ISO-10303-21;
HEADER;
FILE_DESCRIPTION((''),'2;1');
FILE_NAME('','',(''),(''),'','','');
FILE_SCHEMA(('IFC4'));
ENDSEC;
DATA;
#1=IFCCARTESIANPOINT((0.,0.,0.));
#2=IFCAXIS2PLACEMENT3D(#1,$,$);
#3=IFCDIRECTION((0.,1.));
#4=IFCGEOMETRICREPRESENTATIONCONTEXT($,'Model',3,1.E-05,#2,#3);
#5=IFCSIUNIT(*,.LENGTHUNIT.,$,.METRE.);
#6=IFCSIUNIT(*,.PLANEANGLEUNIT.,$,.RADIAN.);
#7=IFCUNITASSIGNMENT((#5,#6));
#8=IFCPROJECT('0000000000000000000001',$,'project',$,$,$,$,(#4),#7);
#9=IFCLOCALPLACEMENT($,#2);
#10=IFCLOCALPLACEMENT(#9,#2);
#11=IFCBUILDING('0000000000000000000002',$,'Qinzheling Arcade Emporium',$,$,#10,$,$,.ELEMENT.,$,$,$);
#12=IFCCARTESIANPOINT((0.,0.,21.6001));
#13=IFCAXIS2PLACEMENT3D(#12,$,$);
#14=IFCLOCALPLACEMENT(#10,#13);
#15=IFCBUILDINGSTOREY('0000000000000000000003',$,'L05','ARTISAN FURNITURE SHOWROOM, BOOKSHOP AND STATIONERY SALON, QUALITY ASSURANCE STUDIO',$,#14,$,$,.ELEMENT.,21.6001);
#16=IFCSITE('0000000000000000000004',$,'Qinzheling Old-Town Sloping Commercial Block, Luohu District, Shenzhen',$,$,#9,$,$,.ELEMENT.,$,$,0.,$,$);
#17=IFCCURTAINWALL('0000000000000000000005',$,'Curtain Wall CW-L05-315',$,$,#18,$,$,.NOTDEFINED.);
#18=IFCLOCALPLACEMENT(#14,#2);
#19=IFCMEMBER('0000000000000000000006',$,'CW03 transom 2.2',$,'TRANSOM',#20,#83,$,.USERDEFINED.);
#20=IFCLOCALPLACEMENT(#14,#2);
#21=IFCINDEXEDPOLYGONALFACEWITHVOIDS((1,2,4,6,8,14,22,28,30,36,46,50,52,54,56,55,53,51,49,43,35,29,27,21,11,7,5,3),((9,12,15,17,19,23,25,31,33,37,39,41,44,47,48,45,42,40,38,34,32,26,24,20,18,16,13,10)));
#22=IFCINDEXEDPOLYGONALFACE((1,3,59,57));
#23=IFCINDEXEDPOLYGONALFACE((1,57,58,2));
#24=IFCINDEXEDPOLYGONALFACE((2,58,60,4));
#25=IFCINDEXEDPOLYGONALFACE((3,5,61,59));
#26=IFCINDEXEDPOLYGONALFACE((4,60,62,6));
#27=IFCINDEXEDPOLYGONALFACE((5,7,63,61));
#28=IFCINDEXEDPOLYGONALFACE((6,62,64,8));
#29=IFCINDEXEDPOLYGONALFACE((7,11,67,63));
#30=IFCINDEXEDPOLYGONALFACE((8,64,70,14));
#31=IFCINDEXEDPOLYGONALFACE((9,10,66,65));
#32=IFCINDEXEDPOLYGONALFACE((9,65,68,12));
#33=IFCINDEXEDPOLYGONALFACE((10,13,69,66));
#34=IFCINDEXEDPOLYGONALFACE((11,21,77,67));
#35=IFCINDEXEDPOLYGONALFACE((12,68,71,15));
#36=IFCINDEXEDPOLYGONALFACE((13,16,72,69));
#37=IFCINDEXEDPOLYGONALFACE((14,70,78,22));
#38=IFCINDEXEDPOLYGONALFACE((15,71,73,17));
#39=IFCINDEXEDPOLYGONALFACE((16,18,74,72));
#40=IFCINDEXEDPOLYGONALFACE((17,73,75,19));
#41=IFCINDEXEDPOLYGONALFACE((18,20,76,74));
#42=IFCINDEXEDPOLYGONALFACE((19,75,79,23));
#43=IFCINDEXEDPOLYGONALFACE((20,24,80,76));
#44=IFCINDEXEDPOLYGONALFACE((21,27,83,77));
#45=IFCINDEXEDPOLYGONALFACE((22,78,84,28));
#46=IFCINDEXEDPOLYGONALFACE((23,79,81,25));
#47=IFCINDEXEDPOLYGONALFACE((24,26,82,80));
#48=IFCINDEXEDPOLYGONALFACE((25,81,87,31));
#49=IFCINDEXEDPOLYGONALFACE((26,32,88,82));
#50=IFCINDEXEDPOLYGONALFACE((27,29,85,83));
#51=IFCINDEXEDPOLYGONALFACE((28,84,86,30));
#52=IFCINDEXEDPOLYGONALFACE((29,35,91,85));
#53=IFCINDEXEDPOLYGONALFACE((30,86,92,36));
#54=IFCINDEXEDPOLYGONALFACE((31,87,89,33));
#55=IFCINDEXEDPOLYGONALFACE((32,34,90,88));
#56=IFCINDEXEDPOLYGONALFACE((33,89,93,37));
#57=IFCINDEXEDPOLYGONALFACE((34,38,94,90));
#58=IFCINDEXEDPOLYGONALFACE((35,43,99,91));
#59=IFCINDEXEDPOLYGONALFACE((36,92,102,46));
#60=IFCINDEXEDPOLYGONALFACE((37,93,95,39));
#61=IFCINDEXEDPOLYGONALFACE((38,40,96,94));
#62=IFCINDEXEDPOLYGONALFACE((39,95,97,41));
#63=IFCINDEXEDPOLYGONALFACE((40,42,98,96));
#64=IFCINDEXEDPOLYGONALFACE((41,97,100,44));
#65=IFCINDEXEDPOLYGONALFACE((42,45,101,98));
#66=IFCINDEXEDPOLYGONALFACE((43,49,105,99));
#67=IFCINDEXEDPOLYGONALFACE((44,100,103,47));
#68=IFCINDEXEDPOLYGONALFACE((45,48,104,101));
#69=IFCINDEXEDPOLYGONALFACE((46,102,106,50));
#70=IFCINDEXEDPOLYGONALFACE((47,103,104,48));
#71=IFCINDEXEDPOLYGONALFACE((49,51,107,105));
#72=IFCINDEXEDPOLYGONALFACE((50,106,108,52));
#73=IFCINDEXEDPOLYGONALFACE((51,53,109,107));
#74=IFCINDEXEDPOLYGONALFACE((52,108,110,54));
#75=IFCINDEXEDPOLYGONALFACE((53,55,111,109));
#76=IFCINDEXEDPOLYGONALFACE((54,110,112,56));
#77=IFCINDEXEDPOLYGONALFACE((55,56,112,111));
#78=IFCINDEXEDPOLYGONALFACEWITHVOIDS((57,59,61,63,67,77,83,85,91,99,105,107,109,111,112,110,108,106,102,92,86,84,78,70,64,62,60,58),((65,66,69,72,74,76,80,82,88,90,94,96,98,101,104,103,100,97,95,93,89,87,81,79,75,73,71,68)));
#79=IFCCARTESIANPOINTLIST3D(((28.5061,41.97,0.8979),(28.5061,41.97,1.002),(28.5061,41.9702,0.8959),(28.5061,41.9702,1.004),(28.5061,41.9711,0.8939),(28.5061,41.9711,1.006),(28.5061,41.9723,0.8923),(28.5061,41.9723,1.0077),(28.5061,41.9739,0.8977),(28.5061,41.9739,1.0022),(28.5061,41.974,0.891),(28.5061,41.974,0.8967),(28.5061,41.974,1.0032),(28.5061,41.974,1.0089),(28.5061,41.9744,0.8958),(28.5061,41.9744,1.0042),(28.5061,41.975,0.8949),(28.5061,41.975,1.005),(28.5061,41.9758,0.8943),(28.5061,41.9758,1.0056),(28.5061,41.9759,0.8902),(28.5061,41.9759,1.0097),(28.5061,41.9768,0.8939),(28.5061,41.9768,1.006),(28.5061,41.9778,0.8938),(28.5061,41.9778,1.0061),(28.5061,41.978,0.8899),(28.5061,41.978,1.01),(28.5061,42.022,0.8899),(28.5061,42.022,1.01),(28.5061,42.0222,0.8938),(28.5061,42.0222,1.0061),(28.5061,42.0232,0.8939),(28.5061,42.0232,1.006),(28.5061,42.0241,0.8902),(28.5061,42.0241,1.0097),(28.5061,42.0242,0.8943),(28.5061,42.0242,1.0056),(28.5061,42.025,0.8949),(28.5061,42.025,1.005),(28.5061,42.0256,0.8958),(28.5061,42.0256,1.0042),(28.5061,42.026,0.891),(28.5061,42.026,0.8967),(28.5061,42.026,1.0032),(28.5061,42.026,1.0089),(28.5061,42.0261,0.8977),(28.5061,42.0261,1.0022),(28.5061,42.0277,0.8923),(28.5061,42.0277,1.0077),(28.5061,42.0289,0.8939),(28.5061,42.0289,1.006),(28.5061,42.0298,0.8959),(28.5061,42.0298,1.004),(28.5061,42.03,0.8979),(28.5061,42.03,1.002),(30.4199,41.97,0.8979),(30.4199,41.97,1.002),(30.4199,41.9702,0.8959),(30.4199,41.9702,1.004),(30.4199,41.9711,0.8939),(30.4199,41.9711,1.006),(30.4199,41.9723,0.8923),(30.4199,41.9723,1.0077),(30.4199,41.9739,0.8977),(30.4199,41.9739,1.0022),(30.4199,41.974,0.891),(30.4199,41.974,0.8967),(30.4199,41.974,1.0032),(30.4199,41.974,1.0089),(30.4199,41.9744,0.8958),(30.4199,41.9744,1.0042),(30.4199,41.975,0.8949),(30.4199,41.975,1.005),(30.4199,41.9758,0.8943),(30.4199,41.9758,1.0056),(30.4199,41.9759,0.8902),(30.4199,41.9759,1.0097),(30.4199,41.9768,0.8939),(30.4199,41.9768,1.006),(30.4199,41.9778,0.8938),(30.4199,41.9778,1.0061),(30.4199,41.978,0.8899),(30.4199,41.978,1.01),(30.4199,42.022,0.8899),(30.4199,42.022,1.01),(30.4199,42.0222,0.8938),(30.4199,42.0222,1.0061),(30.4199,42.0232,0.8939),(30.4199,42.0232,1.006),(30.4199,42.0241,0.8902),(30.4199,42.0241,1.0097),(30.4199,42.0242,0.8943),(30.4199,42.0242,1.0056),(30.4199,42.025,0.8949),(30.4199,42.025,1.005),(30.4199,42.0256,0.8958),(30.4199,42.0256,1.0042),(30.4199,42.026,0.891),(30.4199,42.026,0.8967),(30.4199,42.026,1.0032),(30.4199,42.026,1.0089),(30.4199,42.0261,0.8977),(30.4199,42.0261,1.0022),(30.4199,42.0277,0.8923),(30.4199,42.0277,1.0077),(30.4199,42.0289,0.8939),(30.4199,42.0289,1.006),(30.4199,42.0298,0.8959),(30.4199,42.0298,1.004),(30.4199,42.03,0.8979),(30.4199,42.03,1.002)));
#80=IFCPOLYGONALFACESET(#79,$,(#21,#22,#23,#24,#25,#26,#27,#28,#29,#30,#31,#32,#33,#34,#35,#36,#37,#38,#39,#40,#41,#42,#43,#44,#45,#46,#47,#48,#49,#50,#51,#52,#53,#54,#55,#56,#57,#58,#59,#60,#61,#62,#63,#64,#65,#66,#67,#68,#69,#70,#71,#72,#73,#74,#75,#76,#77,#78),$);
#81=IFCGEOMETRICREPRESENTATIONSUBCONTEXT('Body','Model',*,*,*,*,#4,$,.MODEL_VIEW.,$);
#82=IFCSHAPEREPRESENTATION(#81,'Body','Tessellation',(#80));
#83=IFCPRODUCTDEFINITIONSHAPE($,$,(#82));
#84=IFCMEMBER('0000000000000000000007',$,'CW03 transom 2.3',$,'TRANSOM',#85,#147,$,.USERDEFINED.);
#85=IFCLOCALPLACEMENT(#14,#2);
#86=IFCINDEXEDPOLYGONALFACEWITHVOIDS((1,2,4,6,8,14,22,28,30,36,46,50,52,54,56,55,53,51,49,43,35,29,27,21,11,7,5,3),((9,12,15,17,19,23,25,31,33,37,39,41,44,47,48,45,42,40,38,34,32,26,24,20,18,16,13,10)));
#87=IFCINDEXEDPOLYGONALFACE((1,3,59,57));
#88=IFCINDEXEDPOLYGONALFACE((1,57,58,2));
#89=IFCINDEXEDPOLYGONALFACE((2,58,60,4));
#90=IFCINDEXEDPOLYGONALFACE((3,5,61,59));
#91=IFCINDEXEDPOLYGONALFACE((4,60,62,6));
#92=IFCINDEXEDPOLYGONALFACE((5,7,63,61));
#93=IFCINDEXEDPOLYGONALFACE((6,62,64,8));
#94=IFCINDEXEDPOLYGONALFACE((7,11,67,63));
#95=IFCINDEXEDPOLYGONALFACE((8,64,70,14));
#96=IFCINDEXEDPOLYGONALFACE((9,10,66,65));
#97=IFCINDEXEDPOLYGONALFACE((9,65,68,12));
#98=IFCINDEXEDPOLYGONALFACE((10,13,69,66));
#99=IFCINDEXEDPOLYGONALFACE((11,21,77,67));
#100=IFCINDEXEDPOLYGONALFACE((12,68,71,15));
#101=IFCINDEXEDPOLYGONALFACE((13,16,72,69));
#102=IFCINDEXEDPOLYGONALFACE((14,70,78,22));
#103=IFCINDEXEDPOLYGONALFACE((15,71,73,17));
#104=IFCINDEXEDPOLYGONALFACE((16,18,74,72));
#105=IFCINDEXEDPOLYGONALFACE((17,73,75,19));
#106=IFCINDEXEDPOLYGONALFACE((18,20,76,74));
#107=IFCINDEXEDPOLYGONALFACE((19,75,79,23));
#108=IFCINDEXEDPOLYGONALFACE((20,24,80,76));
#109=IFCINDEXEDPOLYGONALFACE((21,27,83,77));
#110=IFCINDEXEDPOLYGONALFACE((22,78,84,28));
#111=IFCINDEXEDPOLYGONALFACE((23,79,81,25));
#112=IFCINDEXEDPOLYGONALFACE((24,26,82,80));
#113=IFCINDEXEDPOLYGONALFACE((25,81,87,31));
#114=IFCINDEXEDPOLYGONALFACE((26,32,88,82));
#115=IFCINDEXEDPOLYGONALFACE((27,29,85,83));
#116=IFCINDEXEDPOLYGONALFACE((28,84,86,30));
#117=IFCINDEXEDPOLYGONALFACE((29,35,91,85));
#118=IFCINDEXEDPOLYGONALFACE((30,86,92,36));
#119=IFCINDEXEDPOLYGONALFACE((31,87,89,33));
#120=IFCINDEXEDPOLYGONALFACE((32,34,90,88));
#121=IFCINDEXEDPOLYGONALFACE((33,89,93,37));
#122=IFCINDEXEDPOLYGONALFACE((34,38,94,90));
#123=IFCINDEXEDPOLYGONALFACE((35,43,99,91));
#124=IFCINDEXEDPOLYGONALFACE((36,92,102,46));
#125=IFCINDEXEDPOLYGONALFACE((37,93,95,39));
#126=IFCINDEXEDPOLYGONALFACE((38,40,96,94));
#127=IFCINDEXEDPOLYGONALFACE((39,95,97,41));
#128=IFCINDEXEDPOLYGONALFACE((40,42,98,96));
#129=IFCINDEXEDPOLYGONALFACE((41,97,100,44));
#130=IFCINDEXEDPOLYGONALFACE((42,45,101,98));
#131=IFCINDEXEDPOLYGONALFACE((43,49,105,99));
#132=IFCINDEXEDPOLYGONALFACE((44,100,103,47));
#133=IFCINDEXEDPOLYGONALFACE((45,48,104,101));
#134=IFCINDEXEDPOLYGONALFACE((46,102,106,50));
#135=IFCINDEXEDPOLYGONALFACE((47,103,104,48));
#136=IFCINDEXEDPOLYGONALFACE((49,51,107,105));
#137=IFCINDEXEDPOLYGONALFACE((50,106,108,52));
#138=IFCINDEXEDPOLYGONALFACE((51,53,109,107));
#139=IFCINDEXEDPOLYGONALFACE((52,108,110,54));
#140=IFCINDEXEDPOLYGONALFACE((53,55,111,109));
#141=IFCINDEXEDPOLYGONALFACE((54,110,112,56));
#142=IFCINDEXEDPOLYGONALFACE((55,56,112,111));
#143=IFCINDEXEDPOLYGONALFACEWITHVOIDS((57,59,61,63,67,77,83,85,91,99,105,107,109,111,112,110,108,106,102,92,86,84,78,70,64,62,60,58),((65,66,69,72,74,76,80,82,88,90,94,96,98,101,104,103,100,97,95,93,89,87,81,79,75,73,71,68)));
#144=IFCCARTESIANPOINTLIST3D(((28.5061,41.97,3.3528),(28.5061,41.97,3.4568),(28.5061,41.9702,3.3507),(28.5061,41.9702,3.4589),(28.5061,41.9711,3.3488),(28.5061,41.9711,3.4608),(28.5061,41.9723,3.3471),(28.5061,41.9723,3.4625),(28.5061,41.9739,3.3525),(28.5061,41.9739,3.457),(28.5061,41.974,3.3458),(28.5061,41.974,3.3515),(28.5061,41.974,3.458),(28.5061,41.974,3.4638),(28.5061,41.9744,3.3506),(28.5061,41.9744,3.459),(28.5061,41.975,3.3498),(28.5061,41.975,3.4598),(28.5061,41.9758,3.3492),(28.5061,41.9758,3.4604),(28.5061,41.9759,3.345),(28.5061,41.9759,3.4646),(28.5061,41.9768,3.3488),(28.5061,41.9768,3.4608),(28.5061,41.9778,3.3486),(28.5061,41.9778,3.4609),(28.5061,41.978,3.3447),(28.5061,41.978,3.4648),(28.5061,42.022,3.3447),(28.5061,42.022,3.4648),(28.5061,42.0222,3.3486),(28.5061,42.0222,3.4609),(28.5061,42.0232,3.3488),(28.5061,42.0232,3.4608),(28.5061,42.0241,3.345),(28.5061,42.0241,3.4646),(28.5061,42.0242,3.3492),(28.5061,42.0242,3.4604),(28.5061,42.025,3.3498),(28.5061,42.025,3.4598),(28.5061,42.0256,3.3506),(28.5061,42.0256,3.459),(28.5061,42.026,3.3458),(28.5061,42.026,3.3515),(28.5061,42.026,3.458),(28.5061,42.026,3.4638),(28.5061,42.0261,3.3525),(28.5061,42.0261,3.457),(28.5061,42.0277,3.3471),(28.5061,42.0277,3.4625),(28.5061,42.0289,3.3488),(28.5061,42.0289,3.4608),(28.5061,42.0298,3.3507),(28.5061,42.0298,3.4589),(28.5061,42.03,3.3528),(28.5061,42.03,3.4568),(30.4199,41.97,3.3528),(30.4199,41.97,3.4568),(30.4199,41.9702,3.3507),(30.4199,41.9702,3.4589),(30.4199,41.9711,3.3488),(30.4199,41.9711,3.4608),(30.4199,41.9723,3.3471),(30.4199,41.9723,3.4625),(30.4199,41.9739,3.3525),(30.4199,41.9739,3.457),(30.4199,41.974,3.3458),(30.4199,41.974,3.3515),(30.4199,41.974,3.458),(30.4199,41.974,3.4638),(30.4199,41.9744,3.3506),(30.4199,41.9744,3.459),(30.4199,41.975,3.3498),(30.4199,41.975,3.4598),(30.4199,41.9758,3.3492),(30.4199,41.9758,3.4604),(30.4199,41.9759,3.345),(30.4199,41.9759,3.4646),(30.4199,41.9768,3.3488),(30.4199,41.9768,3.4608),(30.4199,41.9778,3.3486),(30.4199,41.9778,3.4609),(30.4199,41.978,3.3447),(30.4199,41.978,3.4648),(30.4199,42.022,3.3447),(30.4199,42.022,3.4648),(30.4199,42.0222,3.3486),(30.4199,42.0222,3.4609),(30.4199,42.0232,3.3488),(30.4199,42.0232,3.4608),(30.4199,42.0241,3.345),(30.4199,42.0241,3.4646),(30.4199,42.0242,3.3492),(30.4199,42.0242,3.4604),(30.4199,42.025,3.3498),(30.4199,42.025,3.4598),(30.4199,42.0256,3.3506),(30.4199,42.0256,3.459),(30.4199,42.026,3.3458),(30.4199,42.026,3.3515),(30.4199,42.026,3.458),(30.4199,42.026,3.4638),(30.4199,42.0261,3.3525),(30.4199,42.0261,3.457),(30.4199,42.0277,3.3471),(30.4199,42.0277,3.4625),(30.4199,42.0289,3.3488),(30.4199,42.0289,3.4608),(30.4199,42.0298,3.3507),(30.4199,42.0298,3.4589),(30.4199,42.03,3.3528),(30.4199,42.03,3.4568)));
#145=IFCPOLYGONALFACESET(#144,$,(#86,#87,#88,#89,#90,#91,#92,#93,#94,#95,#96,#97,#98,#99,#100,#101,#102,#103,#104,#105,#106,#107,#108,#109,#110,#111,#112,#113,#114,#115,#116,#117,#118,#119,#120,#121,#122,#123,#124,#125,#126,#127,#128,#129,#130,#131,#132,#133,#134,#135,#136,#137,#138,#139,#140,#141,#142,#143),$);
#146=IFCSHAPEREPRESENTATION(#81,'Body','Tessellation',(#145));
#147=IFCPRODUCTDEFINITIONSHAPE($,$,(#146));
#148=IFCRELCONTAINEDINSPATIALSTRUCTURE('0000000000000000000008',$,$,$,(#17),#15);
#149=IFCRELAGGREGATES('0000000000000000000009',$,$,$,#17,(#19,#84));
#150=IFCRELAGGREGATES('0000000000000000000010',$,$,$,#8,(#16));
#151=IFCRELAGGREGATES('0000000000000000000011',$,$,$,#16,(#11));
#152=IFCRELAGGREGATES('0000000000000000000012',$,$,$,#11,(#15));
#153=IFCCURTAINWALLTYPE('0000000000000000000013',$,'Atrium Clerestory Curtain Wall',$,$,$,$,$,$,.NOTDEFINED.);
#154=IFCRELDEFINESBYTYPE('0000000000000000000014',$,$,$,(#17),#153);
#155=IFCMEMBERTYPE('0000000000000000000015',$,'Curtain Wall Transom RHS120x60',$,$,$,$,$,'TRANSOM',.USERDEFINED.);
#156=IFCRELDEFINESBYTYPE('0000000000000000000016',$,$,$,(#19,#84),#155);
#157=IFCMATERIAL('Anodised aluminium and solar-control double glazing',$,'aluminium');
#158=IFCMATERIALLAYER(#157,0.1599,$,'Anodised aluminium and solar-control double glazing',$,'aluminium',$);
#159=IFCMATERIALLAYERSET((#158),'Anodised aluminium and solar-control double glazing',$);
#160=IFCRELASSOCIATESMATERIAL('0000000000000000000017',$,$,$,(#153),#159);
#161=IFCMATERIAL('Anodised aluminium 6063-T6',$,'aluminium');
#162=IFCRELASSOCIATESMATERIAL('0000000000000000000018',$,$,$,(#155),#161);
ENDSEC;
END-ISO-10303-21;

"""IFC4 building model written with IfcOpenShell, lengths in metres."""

from ifc_helpers import new_model, si_unit, direction, frame, origin, origin_2d, place, context, subcontext, project, spatial, hollow_rectangle, extrude, material, layer, layer_set, material_profile, profile_set, type_object, element, aggregate, save


model = new_model("IFC4")

# Units and contexts
model_context = context("Model", 3, precision=1e-05, world=origin(), true_north=direction((0.0, 1.0)))
body_context = subcontext(model_context, "Body", "Model", "MODEL_VIEW")
ifc_project = project(units=[si_unit("LENGTHUNIT", "METRE"), si_unit("PLANEANGLEUNIT", "RADIAN")], contexts=[model_context])

# Site, building, storey
site_placement = place(None, origin())
site = spatial("IfcSite", under=ifc_project, at=site_placement, Name="Qinzheling Old-Town Sloping Commercial Block, Luohu District, Shenzhen", CompositionType="ELEMENT", RefElevation=0.0)
building_placement = place(site_placement, origin())
building = spatial("IfcBuilding", under=site, at=building_placement, Name="Qinzheling Arcade Emporium", CompositionType="ELEMENT")
storey_placement = place(building_placement, frame((0.0, 0.0, 21.6001)))
storey = spatial("IfcBuildingStorey", under=building, at=storey_placement, Name="L05", Description="ARTISAN FURNITURE SHOWROOM, BOOKSHOP AND STATIONERY SALON, QUALITY ASSURANCE STUDIO", CompositionType="ELEMENT", Elevation=21.6001)

# Curtain wall
ifc_material_1 = material(Name="Anodised aluminium and solar-control double glazing", Category="aluminium")
ifc_layer_1 = layer(ifc_material_1, 0.1599, Name="Anodised aluminium and solar-control double glazing", Category="aluminium")
ifc_layer_set_1 = layer_set([ifc_layer_1], Name="Anodised aluminium and solar-control double glazing")
curtain_wall_type = type_object("IfcCurtainWallType", Name="Atrium Clerestory Curtain Wall", PredefinedType="NOTDEFINED", material=ifc_layer_set_1)
ifc_material_2 = material(Name="Anodised aluminium 6063-T6", Category="aluminium")
curtain_wall_1_placement = place(storey_placement, origin())
curtain_wall_1 = element("IfcCurtainWall", 1, at=curtain_wall_1_placement, inside=storey, type_object=curtain_wall_type, Name="Curtain Wall CW-L05-315", PredefinedType="NOTDEFINED")

# Members
ifc_material_profile_1 = material_profile(ifc_material_2, hollow_rectangle(XDim=0.0601, YDim=0.1201, WallThickness=0.0039, InnerFilletRadius=0.0039, OuterFilletRadius=0.0081, at=origin_2d()), Name="RHS 120x60x4", Category="aluminium")
ifc_profile_set_1 = profile_set([ifc_material_profile_1], Name="Anodised aluminium 6063-T6")
member_type_1 = type_object("IfcMemberType", Name="Curtain Wall Transom RHS120x60", ElementType="TRANSOM", PredefinedType="USERDEFINED", material=ifc_profile_set_1)
member_1_placement = place(storey_placement, frame((28.5061, 42.0, 0.95), z_axis=(1.0, 0.0, 0.0), x_axis=(0.0, 1.0, 0.0)))
member_1 = element("IfcMember", 2, at=member_1_placement, type_object=member_type_1, Name="CW03 transom 2.2", ObjectType="TRANSOM", PredefinedType="USERDEFINED", context=body_context, shape_type="SweptSolid", body=[
    extrude(hollow_rectangle(XDim=0.0601, YDim=0.1201, WallThickness=0.0039, InnerFilletRadius=0.0039, OuterFilletRadius=0.0081, at=origin_2d()), origin(), (0.0, 0.0, 1.0), 1.9138),
])
member_2_placement = place(storey_placement, frame((28.5061, 42.0, 3.4048), z_axis=(1.0, 0.0, 0.0), x_axis=(0.0, 1.0, 0.0)))
member_2 = element("IfcMember", 3, at=member_2_placement, type_object=member_type_1, Name="CW03 transom 2.3", ObjectType="TRANSOM", PredefinedType="USERDEFINED", context=body_context, shape_type="SweptSolid", body=[
    extrude(hollow_rectangle(XDim=0.0601, YDim=0.1201, WallThickness=0.0039, InnerFilletRadius=0.0039, OuterFilletRadius=0.0081, at=origin_2d()), origin(), (0.0, 0.0, 1.0), 1.9138),
])

aggregate(curtain_wall_1, [member_1, member_2])

save(model, "model.ifc")
